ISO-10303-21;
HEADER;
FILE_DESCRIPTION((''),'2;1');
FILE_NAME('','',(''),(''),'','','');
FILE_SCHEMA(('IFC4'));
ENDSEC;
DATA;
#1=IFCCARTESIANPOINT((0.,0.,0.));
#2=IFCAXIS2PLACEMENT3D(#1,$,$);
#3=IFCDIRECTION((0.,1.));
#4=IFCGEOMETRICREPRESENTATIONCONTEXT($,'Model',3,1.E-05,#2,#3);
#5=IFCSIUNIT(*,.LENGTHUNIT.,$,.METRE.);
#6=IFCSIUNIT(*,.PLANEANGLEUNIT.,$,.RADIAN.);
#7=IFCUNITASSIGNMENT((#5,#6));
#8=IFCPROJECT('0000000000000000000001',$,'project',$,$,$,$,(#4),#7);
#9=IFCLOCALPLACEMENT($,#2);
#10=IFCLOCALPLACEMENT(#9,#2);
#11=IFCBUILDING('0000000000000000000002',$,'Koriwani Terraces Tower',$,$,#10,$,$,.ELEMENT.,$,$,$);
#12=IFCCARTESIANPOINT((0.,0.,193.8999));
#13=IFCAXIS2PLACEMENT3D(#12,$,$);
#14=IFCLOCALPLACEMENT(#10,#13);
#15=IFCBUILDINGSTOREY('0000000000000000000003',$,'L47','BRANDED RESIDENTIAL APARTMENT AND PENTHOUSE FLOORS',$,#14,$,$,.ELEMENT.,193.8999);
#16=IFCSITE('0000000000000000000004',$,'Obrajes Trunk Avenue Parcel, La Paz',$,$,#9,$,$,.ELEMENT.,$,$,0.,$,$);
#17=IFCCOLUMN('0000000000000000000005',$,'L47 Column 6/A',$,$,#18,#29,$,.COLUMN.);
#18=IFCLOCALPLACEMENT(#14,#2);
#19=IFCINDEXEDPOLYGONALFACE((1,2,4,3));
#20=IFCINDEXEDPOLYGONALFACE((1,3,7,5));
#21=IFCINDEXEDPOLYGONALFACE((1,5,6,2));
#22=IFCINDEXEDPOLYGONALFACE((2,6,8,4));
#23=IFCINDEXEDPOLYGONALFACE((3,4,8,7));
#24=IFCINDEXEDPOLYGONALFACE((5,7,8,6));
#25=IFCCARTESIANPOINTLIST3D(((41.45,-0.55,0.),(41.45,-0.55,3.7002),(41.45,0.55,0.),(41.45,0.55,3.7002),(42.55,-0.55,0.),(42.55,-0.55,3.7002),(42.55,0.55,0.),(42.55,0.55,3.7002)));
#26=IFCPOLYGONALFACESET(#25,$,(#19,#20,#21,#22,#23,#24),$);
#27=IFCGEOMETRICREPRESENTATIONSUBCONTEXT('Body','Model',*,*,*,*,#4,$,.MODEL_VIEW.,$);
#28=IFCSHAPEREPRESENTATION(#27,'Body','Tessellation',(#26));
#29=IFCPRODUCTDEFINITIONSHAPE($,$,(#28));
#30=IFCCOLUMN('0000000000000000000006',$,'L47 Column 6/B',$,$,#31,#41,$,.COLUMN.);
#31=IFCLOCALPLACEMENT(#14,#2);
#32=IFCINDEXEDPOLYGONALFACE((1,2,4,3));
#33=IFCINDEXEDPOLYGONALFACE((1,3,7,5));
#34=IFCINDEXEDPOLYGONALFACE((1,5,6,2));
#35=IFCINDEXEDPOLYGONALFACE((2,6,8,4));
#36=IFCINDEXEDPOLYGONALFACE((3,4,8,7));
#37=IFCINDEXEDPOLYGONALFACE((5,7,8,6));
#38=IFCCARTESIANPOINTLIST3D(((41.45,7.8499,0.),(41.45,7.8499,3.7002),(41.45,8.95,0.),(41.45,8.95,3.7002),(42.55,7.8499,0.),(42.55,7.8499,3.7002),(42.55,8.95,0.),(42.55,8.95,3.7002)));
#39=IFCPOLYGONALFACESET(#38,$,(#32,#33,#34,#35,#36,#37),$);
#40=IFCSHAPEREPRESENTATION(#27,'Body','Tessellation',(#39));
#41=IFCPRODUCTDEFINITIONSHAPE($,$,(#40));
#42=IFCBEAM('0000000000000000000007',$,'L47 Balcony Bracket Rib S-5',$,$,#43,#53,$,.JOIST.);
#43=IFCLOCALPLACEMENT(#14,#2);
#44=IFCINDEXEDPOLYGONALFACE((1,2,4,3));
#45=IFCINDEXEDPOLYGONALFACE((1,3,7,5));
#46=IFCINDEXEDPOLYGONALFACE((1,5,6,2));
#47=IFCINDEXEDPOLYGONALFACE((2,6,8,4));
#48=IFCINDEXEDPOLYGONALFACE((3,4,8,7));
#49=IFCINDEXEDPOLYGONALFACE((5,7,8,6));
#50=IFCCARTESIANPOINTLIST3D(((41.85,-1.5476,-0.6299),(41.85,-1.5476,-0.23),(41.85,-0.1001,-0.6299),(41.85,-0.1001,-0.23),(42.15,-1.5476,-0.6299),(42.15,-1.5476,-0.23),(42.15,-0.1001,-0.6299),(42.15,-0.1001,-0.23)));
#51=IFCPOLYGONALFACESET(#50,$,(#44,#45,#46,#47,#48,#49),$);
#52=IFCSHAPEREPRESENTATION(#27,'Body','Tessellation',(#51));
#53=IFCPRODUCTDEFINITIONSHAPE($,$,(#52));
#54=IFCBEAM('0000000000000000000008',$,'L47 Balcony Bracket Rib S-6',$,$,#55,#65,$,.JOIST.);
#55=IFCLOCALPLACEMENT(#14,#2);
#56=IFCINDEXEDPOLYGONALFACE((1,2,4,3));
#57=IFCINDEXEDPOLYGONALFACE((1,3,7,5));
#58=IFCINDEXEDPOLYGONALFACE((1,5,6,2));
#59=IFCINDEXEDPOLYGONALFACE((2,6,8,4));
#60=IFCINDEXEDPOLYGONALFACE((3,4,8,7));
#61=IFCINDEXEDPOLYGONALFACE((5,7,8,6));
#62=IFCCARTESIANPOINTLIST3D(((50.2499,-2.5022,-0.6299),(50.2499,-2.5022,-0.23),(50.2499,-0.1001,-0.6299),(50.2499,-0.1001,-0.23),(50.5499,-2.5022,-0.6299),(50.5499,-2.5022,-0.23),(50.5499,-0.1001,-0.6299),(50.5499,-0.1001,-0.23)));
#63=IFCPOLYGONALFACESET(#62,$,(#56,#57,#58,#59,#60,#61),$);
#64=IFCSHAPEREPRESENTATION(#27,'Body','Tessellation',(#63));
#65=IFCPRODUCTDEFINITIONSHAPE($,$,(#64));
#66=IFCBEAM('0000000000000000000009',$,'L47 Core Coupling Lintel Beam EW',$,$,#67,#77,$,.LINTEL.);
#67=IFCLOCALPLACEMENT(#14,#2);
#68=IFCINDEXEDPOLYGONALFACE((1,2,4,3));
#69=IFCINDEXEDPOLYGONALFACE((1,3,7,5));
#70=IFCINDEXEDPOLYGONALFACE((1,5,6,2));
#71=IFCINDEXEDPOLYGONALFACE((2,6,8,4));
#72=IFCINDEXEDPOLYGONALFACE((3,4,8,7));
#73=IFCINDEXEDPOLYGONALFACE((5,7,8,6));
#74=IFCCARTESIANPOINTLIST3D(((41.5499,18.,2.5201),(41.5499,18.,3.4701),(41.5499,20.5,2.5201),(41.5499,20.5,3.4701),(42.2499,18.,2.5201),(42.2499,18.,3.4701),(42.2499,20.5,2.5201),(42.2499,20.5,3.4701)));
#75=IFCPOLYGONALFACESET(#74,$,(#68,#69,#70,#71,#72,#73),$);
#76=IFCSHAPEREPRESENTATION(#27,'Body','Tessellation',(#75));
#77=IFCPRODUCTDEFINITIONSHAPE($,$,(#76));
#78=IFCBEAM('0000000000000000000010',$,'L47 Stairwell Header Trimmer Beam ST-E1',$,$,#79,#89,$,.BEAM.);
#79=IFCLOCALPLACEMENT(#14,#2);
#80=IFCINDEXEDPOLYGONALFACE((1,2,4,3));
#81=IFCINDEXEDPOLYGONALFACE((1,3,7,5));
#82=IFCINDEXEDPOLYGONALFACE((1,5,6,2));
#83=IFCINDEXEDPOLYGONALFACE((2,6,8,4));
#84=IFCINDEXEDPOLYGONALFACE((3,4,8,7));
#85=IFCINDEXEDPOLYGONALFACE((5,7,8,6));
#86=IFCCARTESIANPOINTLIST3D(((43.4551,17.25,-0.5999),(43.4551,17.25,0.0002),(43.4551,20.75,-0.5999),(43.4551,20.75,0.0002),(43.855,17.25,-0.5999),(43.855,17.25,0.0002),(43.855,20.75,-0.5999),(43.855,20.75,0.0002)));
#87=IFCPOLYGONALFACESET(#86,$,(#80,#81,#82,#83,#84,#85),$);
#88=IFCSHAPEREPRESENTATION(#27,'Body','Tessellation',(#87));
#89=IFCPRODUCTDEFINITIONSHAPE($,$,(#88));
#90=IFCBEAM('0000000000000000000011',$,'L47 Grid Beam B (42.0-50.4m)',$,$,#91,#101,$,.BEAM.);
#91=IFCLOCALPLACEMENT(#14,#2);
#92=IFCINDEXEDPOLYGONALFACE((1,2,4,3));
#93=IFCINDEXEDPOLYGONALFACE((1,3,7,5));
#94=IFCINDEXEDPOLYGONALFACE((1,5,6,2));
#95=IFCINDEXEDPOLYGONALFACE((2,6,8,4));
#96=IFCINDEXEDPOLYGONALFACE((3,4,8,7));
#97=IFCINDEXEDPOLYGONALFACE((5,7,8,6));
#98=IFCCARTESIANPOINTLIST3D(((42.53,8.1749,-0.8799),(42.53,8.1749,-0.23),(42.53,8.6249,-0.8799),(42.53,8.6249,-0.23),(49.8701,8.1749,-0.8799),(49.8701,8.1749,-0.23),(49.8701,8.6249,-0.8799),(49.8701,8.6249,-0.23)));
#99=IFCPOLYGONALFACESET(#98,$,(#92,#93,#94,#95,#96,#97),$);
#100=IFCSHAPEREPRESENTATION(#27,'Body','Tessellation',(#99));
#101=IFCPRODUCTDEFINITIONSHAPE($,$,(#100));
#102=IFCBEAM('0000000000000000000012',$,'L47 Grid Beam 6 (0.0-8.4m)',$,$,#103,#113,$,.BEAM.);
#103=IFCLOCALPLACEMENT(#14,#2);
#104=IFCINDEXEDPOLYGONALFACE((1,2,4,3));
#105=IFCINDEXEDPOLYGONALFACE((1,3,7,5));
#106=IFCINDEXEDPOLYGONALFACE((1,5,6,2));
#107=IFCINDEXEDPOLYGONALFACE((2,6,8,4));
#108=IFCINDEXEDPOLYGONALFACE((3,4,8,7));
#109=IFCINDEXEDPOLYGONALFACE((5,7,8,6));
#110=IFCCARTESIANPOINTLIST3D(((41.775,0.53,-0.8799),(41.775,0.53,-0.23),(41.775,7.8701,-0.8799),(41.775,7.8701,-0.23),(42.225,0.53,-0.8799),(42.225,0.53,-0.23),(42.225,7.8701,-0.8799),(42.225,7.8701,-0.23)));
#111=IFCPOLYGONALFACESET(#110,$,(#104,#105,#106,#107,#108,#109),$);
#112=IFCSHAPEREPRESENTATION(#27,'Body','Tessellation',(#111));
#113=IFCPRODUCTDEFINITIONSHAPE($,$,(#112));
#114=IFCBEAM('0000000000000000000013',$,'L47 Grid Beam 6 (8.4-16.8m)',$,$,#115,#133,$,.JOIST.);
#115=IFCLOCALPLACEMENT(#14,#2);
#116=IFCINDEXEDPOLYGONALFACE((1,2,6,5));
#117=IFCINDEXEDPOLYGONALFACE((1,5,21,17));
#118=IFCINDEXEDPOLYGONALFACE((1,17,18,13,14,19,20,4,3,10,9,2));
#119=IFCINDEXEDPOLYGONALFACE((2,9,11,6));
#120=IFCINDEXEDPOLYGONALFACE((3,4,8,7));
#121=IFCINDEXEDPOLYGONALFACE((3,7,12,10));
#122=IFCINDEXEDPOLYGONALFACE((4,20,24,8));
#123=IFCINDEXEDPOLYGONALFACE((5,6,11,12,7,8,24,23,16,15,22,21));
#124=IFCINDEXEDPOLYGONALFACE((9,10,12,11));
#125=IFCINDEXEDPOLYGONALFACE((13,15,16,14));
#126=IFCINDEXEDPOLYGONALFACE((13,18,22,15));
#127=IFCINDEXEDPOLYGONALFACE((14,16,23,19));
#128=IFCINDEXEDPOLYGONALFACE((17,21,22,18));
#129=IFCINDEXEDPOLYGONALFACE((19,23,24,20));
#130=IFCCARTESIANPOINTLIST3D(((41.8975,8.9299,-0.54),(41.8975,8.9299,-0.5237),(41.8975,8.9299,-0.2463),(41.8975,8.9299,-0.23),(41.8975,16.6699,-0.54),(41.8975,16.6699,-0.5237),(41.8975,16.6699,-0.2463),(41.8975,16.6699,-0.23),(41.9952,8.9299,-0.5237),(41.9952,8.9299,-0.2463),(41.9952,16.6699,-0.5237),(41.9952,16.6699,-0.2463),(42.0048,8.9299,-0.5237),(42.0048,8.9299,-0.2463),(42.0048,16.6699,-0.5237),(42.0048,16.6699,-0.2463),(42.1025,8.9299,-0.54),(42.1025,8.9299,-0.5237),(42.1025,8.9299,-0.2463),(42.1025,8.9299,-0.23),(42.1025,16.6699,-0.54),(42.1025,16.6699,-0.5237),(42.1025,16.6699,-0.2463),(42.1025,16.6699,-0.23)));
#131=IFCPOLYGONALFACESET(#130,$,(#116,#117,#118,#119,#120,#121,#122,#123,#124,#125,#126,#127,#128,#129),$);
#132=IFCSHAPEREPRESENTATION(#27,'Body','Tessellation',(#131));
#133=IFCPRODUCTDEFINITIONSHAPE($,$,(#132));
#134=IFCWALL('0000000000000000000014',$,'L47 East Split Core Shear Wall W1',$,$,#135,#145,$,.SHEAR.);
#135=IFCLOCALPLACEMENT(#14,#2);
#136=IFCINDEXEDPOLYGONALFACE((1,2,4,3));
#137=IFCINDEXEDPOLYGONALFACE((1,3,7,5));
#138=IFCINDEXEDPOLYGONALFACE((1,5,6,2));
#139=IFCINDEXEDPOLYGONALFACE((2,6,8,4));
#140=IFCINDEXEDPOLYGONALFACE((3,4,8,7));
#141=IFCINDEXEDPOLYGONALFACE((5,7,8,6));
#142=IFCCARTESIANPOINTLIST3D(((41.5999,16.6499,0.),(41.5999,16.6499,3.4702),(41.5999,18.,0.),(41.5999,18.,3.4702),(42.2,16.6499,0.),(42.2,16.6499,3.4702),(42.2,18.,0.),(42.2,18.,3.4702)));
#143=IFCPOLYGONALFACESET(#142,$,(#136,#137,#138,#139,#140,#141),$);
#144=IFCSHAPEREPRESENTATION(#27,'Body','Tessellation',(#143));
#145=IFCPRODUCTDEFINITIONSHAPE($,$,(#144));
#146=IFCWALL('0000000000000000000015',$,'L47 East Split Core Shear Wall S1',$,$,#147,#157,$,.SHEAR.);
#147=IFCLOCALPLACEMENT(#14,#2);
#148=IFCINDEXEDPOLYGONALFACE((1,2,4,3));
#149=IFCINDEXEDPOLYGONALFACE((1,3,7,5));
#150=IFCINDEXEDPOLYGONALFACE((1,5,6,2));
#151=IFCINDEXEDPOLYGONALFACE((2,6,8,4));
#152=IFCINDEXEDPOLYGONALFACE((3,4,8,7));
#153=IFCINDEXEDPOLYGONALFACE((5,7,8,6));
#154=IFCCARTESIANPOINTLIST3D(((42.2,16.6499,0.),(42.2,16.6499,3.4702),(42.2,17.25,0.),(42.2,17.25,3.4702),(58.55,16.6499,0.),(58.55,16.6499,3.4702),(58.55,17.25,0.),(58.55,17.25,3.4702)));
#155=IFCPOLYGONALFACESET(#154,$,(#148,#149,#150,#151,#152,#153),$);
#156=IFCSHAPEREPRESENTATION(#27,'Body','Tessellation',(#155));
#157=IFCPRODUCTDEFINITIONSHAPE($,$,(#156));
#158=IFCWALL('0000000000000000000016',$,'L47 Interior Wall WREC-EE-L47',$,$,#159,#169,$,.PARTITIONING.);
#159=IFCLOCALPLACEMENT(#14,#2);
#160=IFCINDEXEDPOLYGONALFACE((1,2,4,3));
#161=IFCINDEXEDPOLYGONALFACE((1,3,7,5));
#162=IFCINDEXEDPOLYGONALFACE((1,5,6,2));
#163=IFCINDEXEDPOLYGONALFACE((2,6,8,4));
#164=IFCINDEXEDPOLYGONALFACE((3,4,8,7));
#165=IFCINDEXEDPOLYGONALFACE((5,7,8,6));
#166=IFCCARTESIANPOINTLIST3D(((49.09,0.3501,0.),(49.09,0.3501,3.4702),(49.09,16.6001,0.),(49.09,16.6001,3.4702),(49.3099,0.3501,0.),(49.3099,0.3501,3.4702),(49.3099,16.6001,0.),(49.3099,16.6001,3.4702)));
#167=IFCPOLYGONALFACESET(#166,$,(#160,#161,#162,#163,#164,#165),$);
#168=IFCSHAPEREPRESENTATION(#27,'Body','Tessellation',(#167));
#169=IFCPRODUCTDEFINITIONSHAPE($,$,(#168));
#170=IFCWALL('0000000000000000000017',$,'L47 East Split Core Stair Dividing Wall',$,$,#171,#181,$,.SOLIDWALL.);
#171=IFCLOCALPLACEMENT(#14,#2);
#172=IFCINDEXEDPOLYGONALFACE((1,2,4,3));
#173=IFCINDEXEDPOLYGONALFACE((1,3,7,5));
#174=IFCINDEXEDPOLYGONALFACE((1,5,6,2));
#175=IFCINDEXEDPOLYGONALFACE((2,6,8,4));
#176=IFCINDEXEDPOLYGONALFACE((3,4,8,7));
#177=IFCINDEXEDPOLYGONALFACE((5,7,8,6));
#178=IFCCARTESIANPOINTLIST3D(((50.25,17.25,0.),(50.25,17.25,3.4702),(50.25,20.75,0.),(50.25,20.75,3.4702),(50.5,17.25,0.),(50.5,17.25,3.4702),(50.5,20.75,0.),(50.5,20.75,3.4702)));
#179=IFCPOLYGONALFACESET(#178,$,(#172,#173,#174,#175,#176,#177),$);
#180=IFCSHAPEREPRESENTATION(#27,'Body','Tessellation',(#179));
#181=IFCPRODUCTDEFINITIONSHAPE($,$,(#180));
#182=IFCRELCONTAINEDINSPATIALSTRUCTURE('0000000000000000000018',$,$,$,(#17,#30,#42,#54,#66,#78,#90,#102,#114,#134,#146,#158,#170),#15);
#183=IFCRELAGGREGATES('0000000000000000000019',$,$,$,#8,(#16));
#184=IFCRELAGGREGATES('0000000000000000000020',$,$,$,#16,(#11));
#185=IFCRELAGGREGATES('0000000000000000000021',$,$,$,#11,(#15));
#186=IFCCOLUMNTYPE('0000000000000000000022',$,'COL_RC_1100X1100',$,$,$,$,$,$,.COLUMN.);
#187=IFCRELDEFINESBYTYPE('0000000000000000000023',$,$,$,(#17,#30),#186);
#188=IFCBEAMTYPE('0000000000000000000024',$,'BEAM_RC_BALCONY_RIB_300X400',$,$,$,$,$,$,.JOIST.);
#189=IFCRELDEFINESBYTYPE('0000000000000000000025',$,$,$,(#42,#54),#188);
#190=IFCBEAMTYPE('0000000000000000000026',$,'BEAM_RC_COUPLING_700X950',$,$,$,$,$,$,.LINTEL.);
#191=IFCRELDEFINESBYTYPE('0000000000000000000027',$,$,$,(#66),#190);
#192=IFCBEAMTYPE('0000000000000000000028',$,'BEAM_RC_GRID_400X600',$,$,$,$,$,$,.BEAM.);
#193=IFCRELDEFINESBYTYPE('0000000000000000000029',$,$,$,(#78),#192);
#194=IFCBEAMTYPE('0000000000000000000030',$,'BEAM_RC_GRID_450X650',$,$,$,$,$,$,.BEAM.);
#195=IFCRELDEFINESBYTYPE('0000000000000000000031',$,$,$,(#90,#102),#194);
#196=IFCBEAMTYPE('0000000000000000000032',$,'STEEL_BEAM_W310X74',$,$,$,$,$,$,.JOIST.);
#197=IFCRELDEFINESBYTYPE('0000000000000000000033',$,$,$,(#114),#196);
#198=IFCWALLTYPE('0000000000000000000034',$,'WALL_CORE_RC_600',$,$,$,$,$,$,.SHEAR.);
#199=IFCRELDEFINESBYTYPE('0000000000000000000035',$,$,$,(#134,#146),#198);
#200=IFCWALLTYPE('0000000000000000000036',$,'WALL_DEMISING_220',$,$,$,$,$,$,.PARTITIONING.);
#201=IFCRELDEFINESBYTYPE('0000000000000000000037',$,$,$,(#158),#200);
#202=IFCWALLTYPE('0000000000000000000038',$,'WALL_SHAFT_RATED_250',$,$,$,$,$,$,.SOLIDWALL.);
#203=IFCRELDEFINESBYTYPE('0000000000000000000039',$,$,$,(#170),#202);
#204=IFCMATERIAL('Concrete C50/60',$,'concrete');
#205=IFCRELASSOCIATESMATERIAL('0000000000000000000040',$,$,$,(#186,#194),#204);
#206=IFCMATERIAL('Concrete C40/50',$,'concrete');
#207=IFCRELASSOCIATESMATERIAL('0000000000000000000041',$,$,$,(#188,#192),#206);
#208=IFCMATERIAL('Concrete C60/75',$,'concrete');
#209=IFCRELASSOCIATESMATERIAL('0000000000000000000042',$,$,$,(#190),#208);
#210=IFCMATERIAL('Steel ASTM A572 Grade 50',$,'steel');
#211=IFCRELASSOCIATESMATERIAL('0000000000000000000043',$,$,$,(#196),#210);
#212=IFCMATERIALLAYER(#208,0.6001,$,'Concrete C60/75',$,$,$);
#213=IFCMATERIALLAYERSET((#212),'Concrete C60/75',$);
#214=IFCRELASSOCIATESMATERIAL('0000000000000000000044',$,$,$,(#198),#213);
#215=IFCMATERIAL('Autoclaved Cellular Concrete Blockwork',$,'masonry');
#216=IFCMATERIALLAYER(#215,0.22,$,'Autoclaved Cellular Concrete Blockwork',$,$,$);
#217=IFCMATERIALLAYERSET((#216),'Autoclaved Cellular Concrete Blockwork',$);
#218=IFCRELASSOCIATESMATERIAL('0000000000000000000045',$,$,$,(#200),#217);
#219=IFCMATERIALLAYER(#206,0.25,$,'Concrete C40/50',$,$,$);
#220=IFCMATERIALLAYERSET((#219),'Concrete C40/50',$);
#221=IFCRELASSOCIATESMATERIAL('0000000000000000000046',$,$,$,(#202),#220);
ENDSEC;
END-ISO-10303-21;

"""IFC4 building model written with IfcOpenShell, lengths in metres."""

from ifc_helpers import new_model, si_unit, direction, frame, frame_2d, origin, origin_2d, place, context, subcontext, project, spatial, rectangle, i_section, extrude, material, layer, layer_set, material_profile, profile_set, type_object, element, save


model = new_model("IFC4")

# Units and contexts
model_context = context("Model", 3, precision=1e-05, world=origin(), true_north=direction((0.0, 1.0)))
body_context = subcontext(model_context, "Body", "Model", "MODEL_VIEW")
ifc_project = project(units=[si_unit("LENGTHUNIT", "METRE"), si_unit("PLANEANGLEUNIT", "RADIAN")], contexts=[model_context])

# Site, building, storey
site_placement = place(None, origin())
site = spatial("IfcSite", under=ifc_project, at=site_placement, Name="Obrajes Trunk Avenue Parcel, La Paz", CompositionType="ELEMENT", RefElevation=0.0)
building_placement = place(site_placement, origin())
building = spatial("IfcBuilding", under=site, at=building_placement, Name="Koriwani Terraces Tower", CompositionType="ELEMENT")
storey_placement = place(building_placement, frame((0.0, 0.0, 193.8999)))
storey = spatial("IfcBuildingStorey", under=building, at=storey_placement, Name="L47", Description="BRANDED RESIDENTIAL APARTMENT AND PENTHOUSE FLOORS", CompositionType="ELEMENT", Elevation=193.8999)

# Columns
ifc_material_1 = material(Name="Concrete C50/60", Category="concrete")
ifc_material_profile_1 = material_profile(ifc_material_1, rectangle(XDim=1.1001, YDim=1.1001, at=origin_2d()), Name="Concrete C50/60", Category="LoadBearing")
ifc_profile_set_1 = profile_set([ifc_material_profile_1], Name="Concrete C50/60")
column_type = type_object("IfcColumnType", Name="COL_RC_1100X1100", PredefinedType="COLUMN", material=ifc_profile_set_1)
for number, where, z_axis, x_axis, name in (
    (1, (42.0, 0.0, 0.0), (0.0, 0.0, 1.0), (1.0, 0.0, 0.0), "L47 Column 6/A"),
    (2, (42.0, 8.3999, 0.0), (0.0, 0.0, 1.0), (1.0, 0.0, 0.0), "L47 Column 6/B"),
):
    element("IfcColumn", number, at=place(storey_placement, frame(where, z_axis=z_axis, x_axis=x_axis)), inside=storey, type_object=column_type, Name=name, PredefinedType="COLUMN", context=body_context, shape_type="SweptSolid", body=[
        extrude(rectangle(XDim=1.1001, YDim=1.1001, at=origin_2d()), origin(), (0.0, 0.0, 1.0), 3.7002),
    ])

# Beams
ifc_material_2 = material(Name="Concrete C40/50", Category="concrete")
ifc_material_profile_2 = material_profile(ifc_material_2, rectangle(XDim=0.3, YDim=0.3999, at=origin_2d()), Name="Concrete C40/50", Category="LoadBearing")
ifc_profile_set_2 = profile_set([ifc_material_profile_2], Name="Concrete C40/50")
beam_type_1 = type_object("IfcBeamType", Name="BEAM_RC_BALCONY_RIB_300X400", PredefinedType="JOIST", material=ifc_profile_set_2)
beam_1_placement = place(storey_placement, frame((42.0, -1.5476, -0.4299), z_axis=(0.0, 1.0, 0.0), x_axis=(-1.0, 0.0, 0.0)))
element("IfcBeam", 3, at=beam_1_placement, inside=storey, type_object=beam_type_1, Name="L47 Balcony Bracket Rib S-5", PredefinedType="JOIST", context=body_context, shape_type="SweptSolid", body=[
    extrude(rectangle(XDim=0.3, YDim=0.3999, at=origin_2d()), origin(), (0.0, 0.0, 1.0), 1.4475),
])
beam_2_placement = place(storey_placement, frame((50.3999, -2.5022, -0.4299), z_axis=(0.0, 1.0, 0.0), x_axis=(-1.0, 0.0, 0.0)))
element("IfcBeam", 4, at=beam_2_placement, inside=storey, type_object=beam_type_1, Name="L47 Balcony Bracket Rib S-6", PredefinedType="JOIST", context=body_context, shape_type="SweptSolid", body=[
    extrude(rectangle(XDim=0.3, YDim=0.3999, at=origin_2d()), origin(), (0.0, 0.0, 1.0), 2.4021),
])
ifc_material_3 = material(Name="Concrete C60/75", Category="concrete")
ifc_material_profile_3 = material_profile(ifc_material_3, rectangle(XDim=0.7, YDim=0.95, at=origin_2d()), Name="Concrete C60/75", Category="LoadBearing")
ifc_profile_set_3 = profile_set([ifc_material_profile_3], Name="Concrete C60/75")
beam_type_2 = type_object("IfcBeamType", Name="BEAM_RC_COUPLING_700X950", PredefinedType="LINTEL", material=ifc_profile_set_3)
beam_3_placement = place(storey_placement, frame((41.8999, 18.0, 2.9951), z_axis=(0.0, 1.0, 0.0), x_axis=(-1.0, 0.0, 0.0)))
element("IfcBeam", 5, at=beam_3_placement, inside=storey, type_object=beam_type_2, Name="L47 Core Coupling Lintel Beam EW", PredefinedType="LINTEL", context=body_context, shape_type="SweptSolid", body=[
    extrude(rectangle(XDim=0.7, YDim=0.95, at=origin_2d()), origin(), (0.0, 0.0, 1.0), 2.5),
])
ifc_material_profile_4 = material_profile(ifc_material_2, rectangle(XDim=0.3999, YDim=0.6001, at=origin_2d()), Name="Concrete C40/50", Category="LoadBearing")
ifc_profile_set_4 = profile_set([ifc_material_profile_4], Name="Concrete C40/50")
beam_type_3 = type_object("IfcBeamType", Name="BEAM_RC_GRID_400X600", PredefinedType="BEAM", material=ifc_profile_set_4)
beam_4_placement = place(storey_placement, frame((43.655, 17.25, -0.2998), z_axis=(0.0, 1.0, 0.0), x_axis=(-1.0, 0.0, 0.0)))
element("IfcBeam", 6, at=beam_4_placement, inside=storey, type_object=beam_type_3, Name="L47 Stairwell Header Trimmer Beam ST-E1", PredefinedType="BEAM", context=body_context, shape_type="SweptSolid", body=[
    extrude(rectangle(XDim=0.3999, YDim=0.6001, at=origin_2d()), origin(), (0.0, 0.0, 1.0), 3.5),
])
ifc_material_profile_5 = material_profile(ifc_material_1, rectangle(XDim=0.45, YDim=0.6499, at=origin_2d()), Name="Concrete C50/60", Category="LoadBearing")
ifc_profile_set_5 = profile_set([ifc_material_profile_5], Name="Concrete C50/60")
beam_type_4 = type_object("IfcBeamType", Name="BEAM_RC_GRID_450X650", PredefinedType="BEAM", material=ifc_profile_set_5)
for number, where, z_axis, x_axis, name in (
    (7, (42.53, 8.3999, -0.5549), (1.0, 0.0, 0.0), (0.0, 1.0, 0.0), "L47 Grid Beam B (42.0-50.4m)"),
    (8, (42.0, 0.53, -0.5549), (0.0, 1.0, 0.0), (-1.0, 0.0, 0.0), "L47 Grid Beam 6 (0.0-8.4m)"),
):
    element("IfcBeam", number, at=place(storey_placement, frame(where, z_axis=z_axis, x_axis=x_axis)), inside=storey, type_object=beam_type_4, Name=name, PredefinedType="BEAM", context=body_context, shape_type="SweptSolid", body=[
        extrude(rectangle(XDim=0.45, YDim=0.6499, at=origin_2d()), origin(), (0.0, 0.0, 1.0), 7.3401),
    ])
ifc_material_4 = material(Name="Steel ASTM A572 Grade 50", Category="steel")
ifc_material_profile_6 = material_profile(ifc_material_4, i_section(OverallWidth=0.2051, OverallDepth=0.3101, WebThickness=0.0095, FlangeThickness=0.0164, at=origin_2d()), Name="Steel ASTM A572 Grade 50", Category="LoadBearing")
ifc_profile_set_6 = profile_set([ifc_material_profile_6], Name="Steel ASTM A572 Grade 50")
beam_type_5 = type_object("IfcBeamType", Name="STEEL_BEAM_W310X74", PredefinedType="JOIST", material=ifc_profile_set_6)
beam_5_placement = place(storey_placement, frame((42.0, 8.9299, -0.385), z_axis=(0.0, 1.0, 0.0), x_axis=(-1.0, 0.0, 0.0)))
element("IfcBeam", 9, at=beam_5_placement, inside=storey, type_object=beam_type_5, Name="L47 Grid Beam 6 (8.4-16.8m)", PredefinedType="JOIST", context=body_context, shape_type="SweptSolid", body=[
    extrude(i_section(OverallWidth=0.2051, OverallDepth=0.3101, WebThickness=0.0095, FlangeThickness=0.0164, at=origin_2d()), origin(), (0.0, 0.0, 1.0), 7.74),
])

# Walls
ifc_layer_1 = layer(ifc_material_3, 0.6001, Name="Concrete C60/75")
ifc_layer_set_1 = layer_set([ifc_layer_1], Name="Concrete C60/75")
wall_type_1 = type_object("IfcWallType", Name="WALL_CORE_RC_600", PredefinedType="SHEAR", material=ifc_layer_set_1)
wall_1_placement = place(storey_placement, frame((41.8999, 16.6499, 0.0), z_axis=(0.0, 0.0, 1.0), x_axis=(0.0, 1.0, 0.0)))
element("IfcWall", 10, at=wall_1_placement, inside=storey, type_object=wall_type_1, Name="L47 East Split Core Shear Wall W1", PredefinedType="SHEAR", context=body_context, shape_type="SweptSolid", body=[
    extrude(rectangle(XDim=1.3501, YDim=0.6001, at=frame_2d((0.675, 0.0))), origin(), (0.0, 0.0, 1.0), 3.4702),
])
wall_2_placement = place(storey_placement, frame((42.2, 16.95, 0.0), z_axis=(0.0, 0.0, 1.0), x_axis=(1.0, 0.0, 0.0)))
element("IfcWall", 11, at=wall_2_placement, inside=storey, type_object=wall_type_1, Name="L47 East Split Core Shear Wall S1", PredefinedType="SHEAR", context=body_context, shape_type="SweptSolid", body=[
    extrude(rectangle(XDim=16.3501, YDim=0.6001, at=frame_2d((8.175, 0.0))), origin(), (0.0, 0.0, 1.0), 3.4702),
])
ifc_material_5 = material(Name="Autoclaved Cellular Concrete Blockwork", Category="masonry")
ifc_layer_2 = layer(ifc_material_5, 0.22, Name="Autoclaved Cellular Concrete Blockwork")
ifc_layer_set_2 = layer_set([ifc_layer_2], Name="Autoclaved Cellular Concrete Blockwork")
wall_type_2 = type_object("IfcWallType", Name="WALL_DEMISING_220", PredefinedType="PARTITIONING", material=ifc_layer_set_2)
wall_3_placement = place(storey_placement, frame((49.2, 0.3501, 0.0), z_axis=(0.0, 0.0, 1.0), x_axis=(0.0, 1.0, 0.0)))
element("IfcWall", 12, at=wall_3_placement, inside=storey, type_object=wall_type_2, Name="L47 Interior Wall WREC-EE-L47", PredefinedType="PARTITIONING", context=body_context, shape_type="SweptSolid", body=[
    extrude(rectangle(XDim=16.25, YDim=0.22, at=frame_2d((8.125, 0.0))), origin(), (0.0, 0.0, 1.0), 3.4702),
])
ifc_layer_3 = layer(ifc_material_2, 0.25, Name="Concrete C40/50")
ifc_layer_set_3 = layer_set([ifc_layer_3], Name="Concrete C40/50")
wall_type_3 = type_object("IfcWallType", Name="WALL_SHAFT_RATED_250", PredefinedType="SOLIDWALL", material=ifc_layer_set_3)
wall_4_placement = place(storey_placement, frame((50.375, 17.25, 0.0), z_axis=(0.0, 0.0, 1.0), x_axis=(0.0, 1.0, 0.0)))
element("IfcWall", 13, at=wall_4_placement, inside=storey, type_object=wall_type_3, Name="L47 East Split Core Stair Dividing Wall", PredefinedType="SOLIDWALL", context=body_context, shape_type="SweptSolid", body=[
    extrude(rectangle(XDim=3.5, YDim=0.25, at=frame_2d((1.75, 0.0))), origin(), (0.0, 0.0, 1.0), 3.4702),
])

save(model, "model.ifc")
